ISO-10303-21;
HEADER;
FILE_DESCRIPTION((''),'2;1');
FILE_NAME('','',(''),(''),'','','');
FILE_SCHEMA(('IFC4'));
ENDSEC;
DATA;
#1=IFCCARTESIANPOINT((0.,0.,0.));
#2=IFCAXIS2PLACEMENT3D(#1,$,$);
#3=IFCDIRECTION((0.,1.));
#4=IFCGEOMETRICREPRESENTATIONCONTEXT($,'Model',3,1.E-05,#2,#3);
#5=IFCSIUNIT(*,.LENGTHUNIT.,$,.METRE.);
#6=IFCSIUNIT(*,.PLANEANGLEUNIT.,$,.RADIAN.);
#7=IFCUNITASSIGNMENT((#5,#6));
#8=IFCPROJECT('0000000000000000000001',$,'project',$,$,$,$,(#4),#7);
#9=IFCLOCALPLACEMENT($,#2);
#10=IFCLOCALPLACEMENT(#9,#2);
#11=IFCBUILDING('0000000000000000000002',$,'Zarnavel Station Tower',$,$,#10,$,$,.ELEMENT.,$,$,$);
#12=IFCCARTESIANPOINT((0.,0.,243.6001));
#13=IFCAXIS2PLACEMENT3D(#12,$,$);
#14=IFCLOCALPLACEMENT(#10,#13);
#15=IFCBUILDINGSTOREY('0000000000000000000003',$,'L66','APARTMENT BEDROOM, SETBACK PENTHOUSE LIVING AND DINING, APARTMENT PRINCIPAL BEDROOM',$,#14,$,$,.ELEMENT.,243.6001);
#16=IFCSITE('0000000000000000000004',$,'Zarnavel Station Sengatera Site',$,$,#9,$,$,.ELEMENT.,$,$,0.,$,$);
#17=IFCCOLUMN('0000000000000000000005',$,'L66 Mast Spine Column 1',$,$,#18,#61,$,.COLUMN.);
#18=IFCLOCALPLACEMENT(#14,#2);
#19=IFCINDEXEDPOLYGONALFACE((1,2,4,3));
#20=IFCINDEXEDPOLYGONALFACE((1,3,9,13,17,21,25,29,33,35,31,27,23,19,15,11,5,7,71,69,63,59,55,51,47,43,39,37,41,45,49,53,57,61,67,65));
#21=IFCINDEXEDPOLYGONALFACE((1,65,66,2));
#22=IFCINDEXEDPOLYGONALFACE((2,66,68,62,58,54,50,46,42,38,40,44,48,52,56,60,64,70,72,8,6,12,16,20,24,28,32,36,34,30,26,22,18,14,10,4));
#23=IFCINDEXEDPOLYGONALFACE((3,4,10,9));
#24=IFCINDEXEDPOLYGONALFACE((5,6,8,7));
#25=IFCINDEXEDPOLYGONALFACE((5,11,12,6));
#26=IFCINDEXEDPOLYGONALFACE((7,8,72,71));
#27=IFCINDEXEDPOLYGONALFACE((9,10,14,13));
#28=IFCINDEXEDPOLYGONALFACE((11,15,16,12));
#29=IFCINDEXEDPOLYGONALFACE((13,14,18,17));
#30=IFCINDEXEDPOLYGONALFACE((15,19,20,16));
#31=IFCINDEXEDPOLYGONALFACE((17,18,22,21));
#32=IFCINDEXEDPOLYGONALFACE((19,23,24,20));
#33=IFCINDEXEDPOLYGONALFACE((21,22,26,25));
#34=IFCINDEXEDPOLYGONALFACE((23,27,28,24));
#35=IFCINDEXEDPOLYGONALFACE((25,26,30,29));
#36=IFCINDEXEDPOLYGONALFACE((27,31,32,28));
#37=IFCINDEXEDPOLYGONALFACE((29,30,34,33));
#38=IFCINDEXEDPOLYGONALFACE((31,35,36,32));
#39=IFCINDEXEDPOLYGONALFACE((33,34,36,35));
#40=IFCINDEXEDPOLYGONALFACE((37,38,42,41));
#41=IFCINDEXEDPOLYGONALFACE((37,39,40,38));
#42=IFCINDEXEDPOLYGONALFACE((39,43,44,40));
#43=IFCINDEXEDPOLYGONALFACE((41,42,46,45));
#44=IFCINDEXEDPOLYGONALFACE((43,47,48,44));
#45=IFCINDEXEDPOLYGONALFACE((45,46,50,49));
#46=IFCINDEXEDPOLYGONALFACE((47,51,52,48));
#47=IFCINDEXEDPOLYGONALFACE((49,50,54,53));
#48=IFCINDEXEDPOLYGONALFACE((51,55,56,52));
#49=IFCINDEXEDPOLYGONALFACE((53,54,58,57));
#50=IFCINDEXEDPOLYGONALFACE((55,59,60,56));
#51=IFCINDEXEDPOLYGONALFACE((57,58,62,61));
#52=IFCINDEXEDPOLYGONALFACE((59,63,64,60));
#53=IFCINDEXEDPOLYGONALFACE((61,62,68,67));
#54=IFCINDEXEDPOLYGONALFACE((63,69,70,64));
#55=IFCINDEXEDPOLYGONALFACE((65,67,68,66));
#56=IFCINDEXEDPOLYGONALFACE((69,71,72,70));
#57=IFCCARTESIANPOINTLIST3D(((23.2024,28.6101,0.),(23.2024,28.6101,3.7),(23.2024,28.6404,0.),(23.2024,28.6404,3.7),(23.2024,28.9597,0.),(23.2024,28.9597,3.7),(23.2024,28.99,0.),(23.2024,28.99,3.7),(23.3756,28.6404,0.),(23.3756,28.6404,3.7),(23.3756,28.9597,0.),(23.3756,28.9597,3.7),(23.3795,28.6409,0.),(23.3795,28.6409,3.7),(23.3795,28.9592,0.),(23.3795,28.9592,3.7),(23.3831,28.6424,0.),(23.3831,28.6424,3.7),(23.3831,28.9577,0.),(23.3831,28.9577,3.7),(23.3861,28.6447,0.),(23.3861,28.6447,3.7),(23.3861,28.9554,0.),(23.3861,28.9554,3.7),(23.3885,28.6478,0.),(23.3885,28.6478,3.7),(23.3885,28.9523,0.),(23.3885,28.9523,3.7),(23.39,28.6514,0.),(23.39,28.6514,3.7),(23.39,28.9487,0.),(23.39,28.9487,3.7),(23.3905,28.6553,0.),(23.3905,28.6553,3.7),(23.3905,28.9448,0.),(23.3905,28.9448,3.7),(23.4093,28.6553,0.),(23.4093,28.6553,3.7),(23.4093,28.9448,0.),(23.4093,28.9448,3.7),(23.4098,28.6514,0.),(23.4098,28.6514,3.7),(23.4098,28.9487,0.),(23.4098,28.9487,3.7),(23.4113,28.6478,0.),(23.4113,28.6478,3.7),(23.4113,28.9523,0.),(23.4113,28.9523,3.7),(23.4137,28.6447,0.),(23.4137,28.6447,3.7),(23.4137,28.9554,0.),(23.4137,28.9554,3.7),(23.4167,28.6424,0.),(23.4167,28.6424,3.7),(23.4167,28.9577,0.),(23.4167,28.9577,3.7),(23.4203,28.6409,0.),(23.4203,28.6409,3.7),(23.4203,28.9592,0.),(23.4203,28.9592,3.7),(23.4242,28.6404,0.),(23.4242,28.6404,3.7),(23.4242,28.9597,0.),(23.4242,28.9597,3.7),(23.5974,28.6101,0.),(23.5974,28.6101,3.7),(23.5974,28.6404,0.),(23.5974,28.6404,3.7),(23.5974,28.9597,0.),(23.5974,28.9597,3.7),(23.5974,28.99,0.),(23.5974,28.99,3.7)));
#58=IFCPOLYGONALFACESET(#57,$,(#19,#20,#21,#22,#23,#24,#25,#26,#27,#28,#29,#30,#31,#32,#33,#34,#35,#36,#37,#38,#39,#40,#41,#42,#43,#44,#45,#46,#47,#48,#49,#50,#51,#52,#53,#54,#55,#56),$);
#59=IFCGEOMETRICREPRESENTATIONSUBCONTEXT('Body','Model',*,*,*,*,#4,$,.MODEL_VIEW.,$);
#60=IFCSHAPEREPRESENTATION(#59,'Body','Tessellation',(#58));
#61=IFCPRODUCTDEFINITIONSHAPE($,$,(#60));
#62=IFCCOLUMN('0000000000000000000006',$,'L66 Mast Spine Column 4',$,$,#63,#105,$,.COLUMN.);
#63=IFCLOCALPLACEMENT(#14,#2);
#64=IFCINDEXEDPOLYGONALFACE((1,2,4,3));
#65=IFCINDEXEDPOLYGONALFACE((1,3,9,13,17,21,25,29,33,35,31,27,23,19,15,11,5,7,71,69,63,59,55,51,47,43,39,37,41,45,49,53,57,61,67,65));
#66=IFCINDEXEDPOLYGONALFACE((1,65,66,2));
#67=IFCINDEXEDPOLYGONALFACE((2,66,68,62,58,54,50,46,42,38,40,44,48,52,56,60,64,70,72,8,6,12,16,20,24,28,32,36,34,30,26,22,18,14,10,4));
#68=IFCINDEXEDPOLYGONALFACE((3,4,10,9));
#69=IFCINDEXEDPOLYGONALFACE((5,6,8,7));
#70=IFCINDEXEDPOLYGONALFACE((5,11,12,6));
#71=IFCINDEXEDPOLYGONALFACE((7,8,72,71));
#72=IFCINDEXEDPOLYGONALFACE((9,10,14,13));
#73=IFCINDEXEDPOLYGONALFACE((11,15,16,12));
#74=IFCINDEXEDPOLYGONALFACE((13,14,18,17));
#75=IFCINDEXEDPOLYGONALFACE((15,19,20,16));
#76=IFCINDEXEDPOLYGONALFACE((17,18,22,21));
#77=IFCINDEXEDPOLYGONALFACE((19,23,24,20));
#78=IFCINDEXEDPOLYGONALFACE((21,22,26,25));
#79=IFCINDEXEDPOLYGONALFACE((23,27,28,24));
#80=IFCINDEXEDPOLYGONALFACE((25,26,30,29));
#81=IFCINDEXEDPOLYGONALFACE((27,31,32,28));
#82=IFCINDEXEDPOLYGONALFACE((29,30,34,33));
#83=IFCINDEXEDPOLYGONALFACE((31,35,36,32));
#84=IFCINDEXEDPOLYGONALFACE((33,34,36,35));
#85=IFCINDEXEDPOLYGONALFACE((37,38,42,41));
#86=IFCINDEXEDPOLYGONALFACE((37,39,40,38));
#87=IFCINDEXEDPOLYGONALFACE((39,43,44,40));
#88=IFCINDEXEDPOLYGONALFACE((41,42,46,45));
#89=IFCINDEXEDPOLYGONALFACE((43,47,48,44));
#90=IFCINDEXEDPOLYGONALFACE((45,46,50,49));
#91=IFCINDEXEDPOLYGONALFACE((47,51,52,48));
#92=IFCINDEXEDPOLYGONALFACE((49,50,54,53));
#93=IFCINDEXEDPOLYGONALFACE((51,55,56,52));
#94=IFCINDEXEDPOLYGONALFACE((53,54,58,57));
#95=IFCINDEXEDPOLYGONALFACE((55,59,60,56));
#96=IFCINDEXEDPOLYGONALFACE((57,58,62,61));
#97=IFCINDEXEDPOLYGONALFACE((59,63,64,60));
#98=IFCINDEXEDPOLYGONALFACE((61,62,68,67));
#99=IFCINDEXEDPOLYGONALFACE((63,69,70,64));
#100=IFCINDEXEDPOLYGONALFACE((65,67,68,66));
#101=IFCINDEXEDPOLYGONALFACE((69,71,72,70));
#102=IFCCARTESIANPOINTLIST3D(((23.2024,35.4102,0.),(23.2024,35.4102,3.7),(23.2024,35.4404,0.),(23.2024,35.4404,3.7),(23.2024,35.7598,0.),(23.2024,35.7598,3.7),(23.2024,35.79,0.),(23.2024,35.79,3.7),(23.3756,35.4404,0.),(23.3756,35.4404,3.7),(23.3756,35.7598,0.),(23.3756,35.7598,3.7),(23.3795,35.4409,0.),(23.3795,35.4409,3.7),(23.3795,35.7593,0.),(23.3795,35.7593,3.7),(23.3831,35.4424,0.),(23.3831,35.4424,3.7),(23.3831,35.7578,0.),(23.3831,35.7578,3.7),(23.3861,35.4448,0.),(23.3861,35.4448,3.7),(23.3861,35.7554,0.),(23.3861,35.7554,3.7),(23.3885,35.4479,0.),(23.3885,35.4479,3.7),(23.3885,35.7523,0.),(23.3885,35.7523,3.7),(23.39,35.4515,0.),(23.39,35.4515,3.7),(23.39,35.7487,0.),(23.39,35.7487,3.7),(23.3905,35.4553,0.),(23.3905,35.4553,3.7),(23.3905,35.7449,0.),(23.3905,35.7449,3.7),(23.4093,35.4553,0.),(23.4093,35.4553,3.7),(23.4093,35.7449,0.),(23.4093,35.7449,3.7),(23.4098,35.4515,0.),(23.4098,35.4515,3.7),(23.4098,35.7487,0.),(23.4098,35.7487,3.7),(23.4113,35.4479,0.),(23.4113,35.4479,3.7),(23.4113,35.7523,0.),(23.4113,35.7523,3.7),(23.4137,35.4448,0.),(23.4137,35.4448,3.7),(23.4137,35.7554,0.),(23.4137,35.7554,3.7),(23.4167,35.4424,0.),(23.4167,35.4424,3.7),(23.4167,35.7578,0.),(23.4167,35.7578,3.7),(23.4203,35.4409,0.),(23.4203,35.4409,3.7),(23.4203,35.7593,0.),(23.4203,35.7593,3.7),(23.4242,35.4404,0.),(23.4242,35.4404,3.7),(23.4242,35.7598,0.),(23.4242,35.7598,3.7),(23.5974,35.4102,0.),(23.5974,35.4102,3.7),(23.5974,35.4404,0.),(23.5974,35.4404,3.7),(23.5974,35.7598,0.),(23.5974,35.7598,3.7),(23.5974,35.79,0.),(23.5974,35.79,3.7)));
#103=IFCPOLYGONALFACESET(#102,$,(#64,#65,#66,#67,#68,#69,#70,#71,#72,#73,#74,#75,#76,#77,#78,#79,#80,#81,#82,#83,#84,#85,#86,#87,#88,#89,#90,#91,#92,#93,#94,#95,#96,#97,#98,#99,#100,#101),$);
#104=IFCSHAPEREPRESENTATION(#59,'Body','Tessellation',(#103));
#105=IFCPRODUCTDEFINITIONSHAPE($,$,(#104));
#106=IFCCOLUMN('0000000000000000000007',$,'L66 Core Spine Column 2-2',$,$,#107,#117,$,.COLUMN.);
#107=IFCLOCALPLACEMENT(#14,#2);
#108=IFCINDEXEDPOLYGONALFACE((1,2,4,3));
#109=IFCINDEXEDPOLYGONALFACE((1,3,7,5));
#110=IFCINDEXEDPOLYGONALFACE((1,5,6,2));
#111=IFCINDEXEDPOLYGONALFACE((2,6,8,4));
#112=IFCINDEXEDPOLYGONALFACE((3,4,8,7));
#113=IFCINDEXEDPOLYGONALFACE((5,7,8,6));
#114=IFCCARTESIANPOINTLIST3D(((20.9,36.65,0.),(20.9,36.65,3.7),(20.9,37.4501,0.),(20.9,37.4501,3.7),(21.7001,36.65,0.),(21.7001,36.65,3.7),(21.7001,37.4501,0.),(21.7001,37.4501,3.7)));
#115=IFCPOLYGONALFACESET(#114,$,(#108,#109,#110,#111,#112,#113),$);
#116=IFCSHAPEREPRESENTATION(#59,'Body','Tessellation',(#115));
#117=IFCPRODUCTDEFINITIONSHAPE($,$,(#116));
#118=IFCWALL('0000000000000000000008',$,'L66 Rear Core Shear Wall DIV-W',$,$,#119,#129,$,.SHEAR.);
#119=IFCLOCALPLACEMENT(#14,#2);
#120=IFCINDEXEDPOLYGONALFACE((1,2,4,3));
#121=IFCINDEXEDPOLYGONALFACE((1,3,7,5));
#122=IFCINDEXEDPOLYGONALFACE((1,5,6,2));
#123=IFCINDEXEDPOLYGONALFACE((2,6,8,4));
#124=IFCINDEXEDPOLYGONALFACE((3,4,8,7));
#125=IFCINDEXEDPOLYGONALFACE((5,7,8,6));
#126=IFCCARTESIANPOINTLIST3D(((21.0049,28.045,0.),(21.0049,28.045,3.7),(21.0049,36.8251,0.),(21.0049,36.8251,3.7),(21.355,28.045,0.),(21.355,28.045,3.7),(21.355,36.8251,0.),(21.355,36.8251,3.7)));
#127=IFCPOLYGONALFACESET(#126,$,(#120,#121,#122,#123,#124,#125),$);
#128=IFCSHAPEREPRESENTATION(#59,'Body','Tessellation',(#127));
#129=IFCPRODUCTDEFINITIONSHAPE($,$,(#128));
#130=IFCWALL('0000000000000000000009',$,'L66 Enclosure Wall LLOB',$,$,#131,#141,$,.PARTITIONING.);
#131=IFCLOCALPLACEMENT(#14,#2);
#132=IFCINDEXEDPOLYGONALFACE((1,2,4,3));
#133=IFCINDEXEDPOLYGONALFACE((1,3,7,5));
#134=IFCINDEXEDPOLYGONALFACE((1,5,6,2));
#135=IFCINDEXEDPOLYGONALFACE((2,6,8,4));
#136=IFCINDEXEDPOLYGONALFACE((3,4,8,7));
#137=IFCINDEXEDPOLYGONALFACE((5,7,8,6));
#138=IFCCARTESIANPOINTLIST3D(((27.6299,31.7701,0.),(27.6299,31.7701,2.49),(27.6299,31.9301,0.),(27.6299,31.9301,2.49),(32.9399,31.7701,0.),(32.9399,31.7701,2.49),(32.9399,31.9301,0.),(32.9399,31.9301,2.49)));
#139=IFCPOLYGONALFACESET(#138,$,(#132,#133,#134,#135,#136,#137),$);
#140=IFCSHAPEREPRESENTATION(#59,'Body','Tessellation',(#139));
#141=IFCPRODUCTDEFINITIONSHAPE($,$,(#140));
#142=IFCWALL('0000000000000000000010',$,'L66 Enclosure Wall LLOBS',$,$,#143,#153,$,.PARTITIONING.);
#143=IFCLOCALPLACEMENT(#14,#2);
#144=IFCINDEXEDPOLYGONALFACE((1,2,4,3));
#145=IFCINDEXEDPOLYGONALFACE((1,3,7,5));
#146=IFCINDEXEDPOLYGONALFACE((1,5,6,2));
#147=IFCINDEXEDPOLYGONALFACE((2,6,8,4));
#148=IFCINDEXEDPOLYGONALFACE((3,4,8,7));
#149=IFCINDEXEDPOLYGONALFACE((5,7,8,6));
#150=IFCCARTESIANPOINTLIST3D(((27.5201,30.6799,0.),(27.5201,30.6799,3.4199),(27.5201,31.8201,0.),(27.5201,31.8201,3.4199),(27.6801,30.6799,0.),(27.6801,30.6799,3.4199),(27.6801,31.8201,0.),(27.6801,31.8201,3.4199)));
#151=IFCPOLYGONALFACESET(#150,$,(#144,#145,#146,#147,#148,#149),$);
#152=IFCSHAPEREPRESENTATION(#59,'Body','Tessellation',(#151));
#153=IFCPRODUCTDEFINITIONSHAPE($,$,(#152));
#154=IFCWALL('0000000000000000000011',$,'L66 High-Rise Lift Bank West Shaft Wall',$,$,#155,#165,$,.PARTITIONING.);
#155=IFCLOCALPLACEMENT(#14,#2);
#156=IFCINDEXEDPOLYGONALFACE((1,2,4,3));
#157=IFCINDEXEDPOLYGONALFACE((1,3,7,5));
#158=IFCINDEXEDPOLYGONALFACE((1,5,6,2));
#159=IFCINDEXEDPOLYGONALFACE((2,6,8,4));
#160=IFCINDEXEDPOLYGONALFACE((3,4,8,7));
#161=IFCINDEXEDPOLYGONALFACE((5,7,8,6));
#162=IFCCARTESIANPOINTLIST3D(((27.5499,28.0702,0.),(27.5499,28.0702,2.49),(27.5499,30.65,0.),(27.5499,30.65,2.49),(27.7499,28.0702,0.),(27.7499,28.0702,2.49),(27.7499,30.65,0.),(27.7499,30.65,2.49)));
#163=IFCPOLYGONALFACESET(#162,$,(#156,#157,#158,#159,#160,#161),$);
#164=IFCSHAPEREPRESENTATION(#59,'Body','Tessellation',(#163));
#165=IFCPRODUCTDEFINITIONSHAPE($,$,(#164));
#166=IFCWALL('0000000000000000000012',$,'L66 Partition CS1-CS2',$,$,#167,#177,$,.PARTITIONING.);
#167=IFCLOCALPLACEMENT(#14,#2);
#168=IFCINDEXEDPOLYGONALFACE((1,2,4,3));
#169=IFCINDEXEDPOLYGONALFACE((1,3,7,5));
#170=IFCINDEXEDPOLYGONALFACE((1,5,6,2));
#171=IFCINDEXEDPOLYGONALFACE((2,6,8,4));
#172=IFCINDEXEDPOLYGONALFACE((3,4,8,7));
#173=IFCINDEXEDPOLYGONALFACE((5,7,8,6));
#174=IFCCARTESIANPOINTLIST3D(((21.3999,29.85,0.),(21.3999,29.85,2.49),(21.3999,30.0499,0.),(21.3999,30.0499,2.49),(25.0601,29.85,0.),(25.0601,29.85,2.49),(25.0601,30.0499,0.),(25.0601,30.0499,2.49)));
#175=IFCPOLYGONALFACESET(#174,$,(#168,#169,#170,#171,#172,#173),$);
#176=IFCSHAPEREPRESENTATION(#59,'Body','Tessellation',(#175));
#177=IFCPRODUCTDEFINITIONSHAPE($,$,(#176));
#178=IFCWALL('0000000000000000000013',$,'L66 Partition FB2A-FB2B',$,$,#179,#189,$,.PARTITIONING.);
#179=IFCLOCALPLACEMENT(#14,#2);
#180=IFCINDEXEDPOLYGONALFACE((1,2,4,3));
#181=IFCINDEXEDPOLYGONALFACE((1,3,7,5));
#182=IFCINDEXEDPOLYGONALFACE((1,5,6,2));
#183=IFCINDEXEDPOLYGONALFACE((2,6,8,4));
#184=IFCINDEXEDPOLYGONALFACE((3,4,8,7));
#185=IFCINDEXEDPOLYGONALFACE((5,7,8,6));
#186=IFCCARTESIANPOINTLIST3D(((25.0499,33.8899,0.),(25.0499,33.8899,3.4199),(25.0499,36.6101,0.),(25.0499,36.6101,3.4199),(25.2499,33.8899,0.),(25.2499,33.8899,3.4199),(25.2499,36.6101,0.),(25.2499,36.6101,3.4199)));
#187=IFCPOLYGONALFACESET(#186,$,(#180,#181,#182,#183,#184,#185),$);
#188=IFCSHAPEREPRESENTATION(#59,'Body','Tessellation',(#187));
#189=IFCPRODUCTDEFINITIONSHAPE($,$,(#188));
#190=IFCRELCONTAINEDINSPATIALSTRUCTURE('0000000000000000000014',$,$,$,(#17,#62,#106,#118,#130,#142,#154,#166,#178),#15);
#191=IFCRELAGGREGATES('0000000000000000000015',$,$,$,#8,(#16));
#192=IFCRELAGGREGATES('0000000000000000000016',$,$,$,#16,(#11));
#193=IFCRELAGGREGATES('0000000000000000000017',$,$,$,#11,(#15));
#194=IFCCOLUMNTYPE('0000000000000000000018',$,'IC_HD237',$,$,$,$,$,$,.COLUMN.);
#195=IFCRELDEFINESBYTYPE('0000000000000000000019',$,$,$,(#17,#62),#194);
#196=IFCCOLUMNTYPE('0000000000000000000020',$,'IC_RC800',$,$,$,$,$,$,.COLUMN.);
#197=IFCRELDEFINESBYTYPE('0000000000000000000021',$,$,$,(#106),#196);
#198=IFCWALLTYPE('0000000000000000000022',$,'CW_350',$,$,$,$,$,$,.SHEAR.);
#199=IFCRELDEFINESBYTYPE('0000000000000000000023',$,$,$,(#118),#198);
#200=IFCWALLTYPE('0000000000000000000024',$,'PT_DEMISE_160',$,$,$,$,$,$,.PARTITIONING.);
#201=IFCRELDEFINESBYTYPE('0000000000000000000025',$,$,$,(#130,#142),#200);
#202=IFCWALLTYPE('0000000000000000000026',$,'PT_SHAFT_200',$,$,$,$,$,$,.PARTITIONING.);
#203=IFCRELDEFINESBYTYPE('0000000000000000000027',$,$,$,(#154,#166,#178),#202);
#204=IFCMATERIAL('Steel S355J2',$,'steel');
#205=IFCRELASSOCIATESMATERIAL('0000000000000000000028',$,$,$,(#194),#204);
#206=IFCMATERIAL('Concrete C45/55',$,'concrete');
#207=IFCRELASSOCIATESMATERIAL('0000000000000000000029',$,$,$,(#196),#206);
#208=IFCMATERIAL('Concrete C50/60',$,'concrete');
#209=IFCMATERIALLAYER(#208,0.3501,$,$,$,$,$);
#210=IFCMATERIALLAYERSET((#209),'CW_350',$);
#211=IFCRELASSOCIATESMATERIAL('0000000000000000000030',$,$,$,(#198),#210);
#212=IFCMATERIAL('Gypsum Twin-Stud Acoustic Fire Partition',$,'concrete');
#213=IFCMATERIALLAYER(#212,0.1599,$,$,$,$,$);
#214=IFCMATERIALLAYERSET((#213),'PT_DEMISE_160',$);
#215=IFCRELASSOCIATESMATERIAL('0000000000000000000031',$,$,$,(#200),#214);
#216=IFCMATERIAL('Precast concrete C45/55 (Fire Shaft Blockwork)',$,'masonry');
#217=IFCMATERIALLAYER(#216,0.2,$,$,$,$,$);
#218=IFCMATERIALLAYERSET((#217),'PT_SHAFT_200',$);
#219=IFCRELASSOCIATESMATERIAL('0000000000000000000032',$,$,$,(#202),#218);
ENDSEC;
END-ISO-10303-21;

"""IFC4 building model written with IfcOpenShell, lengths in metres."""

from ifc_helpers import new_model, si_unit, direction, frame, frame_2d, origin, origin_2d, place, context, subcontext, project, spatial, rectangle, i_section, extrude, material, layer, layer_set, material_profile, profile_set, type_object, element, save


model = new_model("IFC4")

# Units and contexts
model_context = context("Model", 3, precision=1e-05, world=origin(), true_north=direction((0.0, 1.0)))
body_context = subcontext(model_context, "Body", "Model", "MODEL_VIEW")
ifc_project = project(units=[si_unit("LENGTHUNIT", "METRE"), si_unit("PLANEANGLEUNIT", "RADIAN")], contexts=[model_context])

# Site, building, storey
site_placement = place(None, origin())
site = spatial("IfcSite", under=ifc_project, at=site_placement, Name="Zarnavel Station Sengatera Site", CompositionType="ELEMENT", RefElevation=0.0)
building_placement = place(site_placement, origin())
building = spatial("IfcBuilding", under=site, at=building_placement, Name="Zarnavel Station Tower", CompositionType="ELEMENT")
storey_placement = place(building_placement, frame((0.0, 0.0, 243.6001)))
storey = spatial("IfcBuildingStorey", under=building, at=storey_placement, Name="L66", Description="APARTMENT BEDROOM, SETBACK PENTHOUSE LIVING AND DINING, APARTMENT PRINCIPAL BEDROOM", CompositionType="ELEMENT", Elevation=243.6001)

# Columns
ifc_material_1 = material(Name="Steel S355J2", Category="steel")
ifc_material_profile_1 = material_profile(ifc_material_1, i_section(OverallWidth=0.395, OverallDepth=0.3799, WebThickness=0.0188, FlangeThickness=0.0303, FilletRadius=0.0149, at=origin_2d()), Name="HD400x237")
ifc_profile_set_1 = profile_set([ifc_material_profile_1], Name="Steel S355J2")
column_type_1 = type_object("IfcColumnType", Name="IC_HD237", PredefinedType="COLUMN", material=ifc_profile_set_1)
for number, where, z_axis, x_axis, name in (
    (1, (23.3999, 28.8, 0.0), (0.0, 0.0, 1.0), (1.0, 0.0, 0.0), "L66 Mast Spine Column 1"),
    (2, (23.3999, 35.6001, 0.0), (0.0, 0.0, 1.0), (1.0, 0.0, 0.0), "L66 Mast Spine Column 4"),
):
    element("IfcColumn", number, at=place(storey_placement, frame(where, z_axis=z_axis, x_axis=x_axis)), inside=storey, type_object=column_type_1, Name=name, PredefinedType="COLUMN", context=body_context, shape_type="SweptSolid", body=[
        extrude(i_section(OverallWidth=0.395, OverallDepth=0.3799, WebThickness=0.0188, FlangeThickness=0.0303, FilletRadius=0.0149, at=origin_2d()), origin(), (0.0, 0.0, 1.0), 3.7),
    ])
ifc_material_2 = material(Name="Concrete C45/55", Category="concrete")
ifc_material_profile_2 = material_profile(ifc_material_2, rectangle(XDim=0.8, YDim=0.8, at=origin_2d()), Name="RC800x800")
ifc_profile_set_2 = profile_set([ifc_material_profile_2], Name="Concrete C45/55")
column_type_2 = type_object("IfcColumnType", Name="IC_RC800", PredefinedType="COLUMN", material=ifc_profile_set_2)
column_placement = place(storey_placement, frame((21.3, 37.05, 0.0), z_axis=(0.0, 0.0, 1.0), x_axis=(1.0, 0.0, 0.0)))
element("IfcColumn", 3, at=column_placement, inside=storey, type_object=column_type_2, Name="L66 Core Spine Column 2-2", PredefinedType="COLUMN", context=body_context, shape_type="SweptSolid", body=[
    extrude(rectangle(XDim=0.8, YDim=0.8, at=origin_2d()), origin(), (0.0, 0.0, 1.0), 3.7),
])

# Wall
ifc_material_3 = material(Name="Concrete C50/60", Category="concrete")
ifc_layer_1 = layer(ifc_material_3, 0.3501)
ifc_layer_set_1 = layer_set([ifc_layer_1], Name="CW_350")
wall_type_1 = type_object("IfcWallType", Name="CW_350", PredefinedType="SHEAR", material=ifc_layer_set_1)
wall_1_placement = place(storey_placement, frame((21.1799, 28.0449, 0.0), z_axis=(0.0, 0.0, 1.0), x_axis=(0.0, 1.0, 0.0)))
element("IfcWall", 4, at=wall_1_placement, inside=storey, type_object=wall_type_1, Name="L66 Rear Core Shear Wall DIV-W", PredefinedType="SHEAR", context=body_context, shape_type="SweptSolid", body=[
    extrude(rectangle(XDim=8.78, YDim=0.3501, at=frame_2d((4.3901, 0.0))), origin(), (0.0, 0.0, 1.0), 3.7),
])

# Walls
ifc_material_4 = material(Name="Gypsum Twin-Stud Acoustic Fire Partition", Category="concrete")
ifc_layer_2 = layer(ifc_material_4, 0.1599)
ifc_layer_set_2 = layer_set([ifc_layer_2], Name="PT_DEMISE_160")
wall_type_2 = type_object("IfcWallType", Name="PT_DEMISE_160", PredefinedType="PARTITIONING", material=ifc_layer_set_2)
wall_2_placement = place(storey_placement, frame((27.6299, 31.8501, 0.0), z_axis=(0.0, 0.0, 1.0), x_axis=(1.0, 0.0, 0.0)))
element("IfcWall", 5, at=wall_2_placement, inside=storey, type_object=wall_type_2, Name="L66 Enclosure Wall LLOB", PredefinedType="PARTITIONING", context=body_context, shape_type="SweptSolid", body=[
    extrude(rectangle(XDim=5.3101, YDim=0.1599, at=frame_2d((2.655, 0.0))), origin(), (0.0, 0.0, 1.0), 2.49),
])
wall_3_placement = place(storey_placement, frame((27.6001, 30.6799, 0.0), z_axis=(0.0, 0.0, 1.0), x_axis=(0.0, 1.0, 0.0)))
element("IfcWall", 6, at=wall_3_placement, inside=storey, type_object=wall_type_2, Name="L66 Enclosure Wall LLOBS", PredefinedType="PARTITIONING", context=body_context, shape_type="SweptSolid", body=[
    extrude(rectangle(XDim=1.1401, YDim=0.1599, at=frame_2d((0.5701, 0.0))), origin(), (0.0, 0.0, 1.0), 3.4199),
])

# Shared definitions
ifc_material_5 = material(Name="Precast concrete C45/55 (Fire Shaft Blockwork)", Category="masonry")
ifc_layer_3 = layer(ifc_material_5, 0.2)
ifc_layer_set_3 = layer_set([ifc_layer_3], Name="PT_SHAFT_200")
wall_type_3 = type_object("IfcWallType", Name="PT_SHAFT_200", PredefinedType="PARTITIONING", material=ifc_layer_set_3)

# Wall
wall_4_placement = place(storey_placement, frame((27.6499, 28.0701, 0.0), z_axis=(0.0, 0.0, 1.0), x_axis=(0.0, 1.0, 0.0)))
element("IfcWall", 7, at=wall_4_placement, inside=storey, type_object=wall_type_3, Name="L66 High-Rise Lift Bank West Shaft Wall", PredefinedType="PARTITIONING", context=body_context, shape_type="SweptSolid", body=[
    extrude(rectangle(XDim=2.5798, YDim=0.2, at=frame_2d((1.29, 0.0))), origin(), (0.0, 0.0, 1.0), 2.49),
])

# Walls
wall_5_placement = place(storey_placement, frame((21.3999, 29.95, 0.0), z_axis=(0.0, 0.0, 1.0), x_axis=(1.0, 0.0, 0.0)))
element("IfcWall", 8, at=wall_5_placement, inside=storey, type_object=wall_type_3, Name="L66 Partition CS1-CS2", PredefinedType="PARTITIONING", context=body_context, shape_type="SweptSolid", body=[
    extrude(rectangle(XDim=3.6602, YDim=0.2, at=frame_2d((1.8301, 0.0))), origin(), (0.0, 0.0, 1.0), 2.49),
])
wall_6_placement = place(storey_placement, frame((25.1499, 33.8899, 0.0), z_axis=(0.0, 0.0, 1.0), x_axis=(0.0, 1.0, 0.0)))
element("IfcWall", 9, at=wall_6_placement, inside=storey, type_object=wall_type_3, Name="L66 Partition FB2A-FB2B", PredefinedType="PARTITIONING", context=body_context, shape_type="SweptSolid", body=[
    extrude(rectangle(XDim=2.7202, YDim=0.2, at=frame_2d((1.3601, 0.0))), origin(), (0.0, 0.0, 1.0), 3.4199),
])

save(model, "model.ifc")
